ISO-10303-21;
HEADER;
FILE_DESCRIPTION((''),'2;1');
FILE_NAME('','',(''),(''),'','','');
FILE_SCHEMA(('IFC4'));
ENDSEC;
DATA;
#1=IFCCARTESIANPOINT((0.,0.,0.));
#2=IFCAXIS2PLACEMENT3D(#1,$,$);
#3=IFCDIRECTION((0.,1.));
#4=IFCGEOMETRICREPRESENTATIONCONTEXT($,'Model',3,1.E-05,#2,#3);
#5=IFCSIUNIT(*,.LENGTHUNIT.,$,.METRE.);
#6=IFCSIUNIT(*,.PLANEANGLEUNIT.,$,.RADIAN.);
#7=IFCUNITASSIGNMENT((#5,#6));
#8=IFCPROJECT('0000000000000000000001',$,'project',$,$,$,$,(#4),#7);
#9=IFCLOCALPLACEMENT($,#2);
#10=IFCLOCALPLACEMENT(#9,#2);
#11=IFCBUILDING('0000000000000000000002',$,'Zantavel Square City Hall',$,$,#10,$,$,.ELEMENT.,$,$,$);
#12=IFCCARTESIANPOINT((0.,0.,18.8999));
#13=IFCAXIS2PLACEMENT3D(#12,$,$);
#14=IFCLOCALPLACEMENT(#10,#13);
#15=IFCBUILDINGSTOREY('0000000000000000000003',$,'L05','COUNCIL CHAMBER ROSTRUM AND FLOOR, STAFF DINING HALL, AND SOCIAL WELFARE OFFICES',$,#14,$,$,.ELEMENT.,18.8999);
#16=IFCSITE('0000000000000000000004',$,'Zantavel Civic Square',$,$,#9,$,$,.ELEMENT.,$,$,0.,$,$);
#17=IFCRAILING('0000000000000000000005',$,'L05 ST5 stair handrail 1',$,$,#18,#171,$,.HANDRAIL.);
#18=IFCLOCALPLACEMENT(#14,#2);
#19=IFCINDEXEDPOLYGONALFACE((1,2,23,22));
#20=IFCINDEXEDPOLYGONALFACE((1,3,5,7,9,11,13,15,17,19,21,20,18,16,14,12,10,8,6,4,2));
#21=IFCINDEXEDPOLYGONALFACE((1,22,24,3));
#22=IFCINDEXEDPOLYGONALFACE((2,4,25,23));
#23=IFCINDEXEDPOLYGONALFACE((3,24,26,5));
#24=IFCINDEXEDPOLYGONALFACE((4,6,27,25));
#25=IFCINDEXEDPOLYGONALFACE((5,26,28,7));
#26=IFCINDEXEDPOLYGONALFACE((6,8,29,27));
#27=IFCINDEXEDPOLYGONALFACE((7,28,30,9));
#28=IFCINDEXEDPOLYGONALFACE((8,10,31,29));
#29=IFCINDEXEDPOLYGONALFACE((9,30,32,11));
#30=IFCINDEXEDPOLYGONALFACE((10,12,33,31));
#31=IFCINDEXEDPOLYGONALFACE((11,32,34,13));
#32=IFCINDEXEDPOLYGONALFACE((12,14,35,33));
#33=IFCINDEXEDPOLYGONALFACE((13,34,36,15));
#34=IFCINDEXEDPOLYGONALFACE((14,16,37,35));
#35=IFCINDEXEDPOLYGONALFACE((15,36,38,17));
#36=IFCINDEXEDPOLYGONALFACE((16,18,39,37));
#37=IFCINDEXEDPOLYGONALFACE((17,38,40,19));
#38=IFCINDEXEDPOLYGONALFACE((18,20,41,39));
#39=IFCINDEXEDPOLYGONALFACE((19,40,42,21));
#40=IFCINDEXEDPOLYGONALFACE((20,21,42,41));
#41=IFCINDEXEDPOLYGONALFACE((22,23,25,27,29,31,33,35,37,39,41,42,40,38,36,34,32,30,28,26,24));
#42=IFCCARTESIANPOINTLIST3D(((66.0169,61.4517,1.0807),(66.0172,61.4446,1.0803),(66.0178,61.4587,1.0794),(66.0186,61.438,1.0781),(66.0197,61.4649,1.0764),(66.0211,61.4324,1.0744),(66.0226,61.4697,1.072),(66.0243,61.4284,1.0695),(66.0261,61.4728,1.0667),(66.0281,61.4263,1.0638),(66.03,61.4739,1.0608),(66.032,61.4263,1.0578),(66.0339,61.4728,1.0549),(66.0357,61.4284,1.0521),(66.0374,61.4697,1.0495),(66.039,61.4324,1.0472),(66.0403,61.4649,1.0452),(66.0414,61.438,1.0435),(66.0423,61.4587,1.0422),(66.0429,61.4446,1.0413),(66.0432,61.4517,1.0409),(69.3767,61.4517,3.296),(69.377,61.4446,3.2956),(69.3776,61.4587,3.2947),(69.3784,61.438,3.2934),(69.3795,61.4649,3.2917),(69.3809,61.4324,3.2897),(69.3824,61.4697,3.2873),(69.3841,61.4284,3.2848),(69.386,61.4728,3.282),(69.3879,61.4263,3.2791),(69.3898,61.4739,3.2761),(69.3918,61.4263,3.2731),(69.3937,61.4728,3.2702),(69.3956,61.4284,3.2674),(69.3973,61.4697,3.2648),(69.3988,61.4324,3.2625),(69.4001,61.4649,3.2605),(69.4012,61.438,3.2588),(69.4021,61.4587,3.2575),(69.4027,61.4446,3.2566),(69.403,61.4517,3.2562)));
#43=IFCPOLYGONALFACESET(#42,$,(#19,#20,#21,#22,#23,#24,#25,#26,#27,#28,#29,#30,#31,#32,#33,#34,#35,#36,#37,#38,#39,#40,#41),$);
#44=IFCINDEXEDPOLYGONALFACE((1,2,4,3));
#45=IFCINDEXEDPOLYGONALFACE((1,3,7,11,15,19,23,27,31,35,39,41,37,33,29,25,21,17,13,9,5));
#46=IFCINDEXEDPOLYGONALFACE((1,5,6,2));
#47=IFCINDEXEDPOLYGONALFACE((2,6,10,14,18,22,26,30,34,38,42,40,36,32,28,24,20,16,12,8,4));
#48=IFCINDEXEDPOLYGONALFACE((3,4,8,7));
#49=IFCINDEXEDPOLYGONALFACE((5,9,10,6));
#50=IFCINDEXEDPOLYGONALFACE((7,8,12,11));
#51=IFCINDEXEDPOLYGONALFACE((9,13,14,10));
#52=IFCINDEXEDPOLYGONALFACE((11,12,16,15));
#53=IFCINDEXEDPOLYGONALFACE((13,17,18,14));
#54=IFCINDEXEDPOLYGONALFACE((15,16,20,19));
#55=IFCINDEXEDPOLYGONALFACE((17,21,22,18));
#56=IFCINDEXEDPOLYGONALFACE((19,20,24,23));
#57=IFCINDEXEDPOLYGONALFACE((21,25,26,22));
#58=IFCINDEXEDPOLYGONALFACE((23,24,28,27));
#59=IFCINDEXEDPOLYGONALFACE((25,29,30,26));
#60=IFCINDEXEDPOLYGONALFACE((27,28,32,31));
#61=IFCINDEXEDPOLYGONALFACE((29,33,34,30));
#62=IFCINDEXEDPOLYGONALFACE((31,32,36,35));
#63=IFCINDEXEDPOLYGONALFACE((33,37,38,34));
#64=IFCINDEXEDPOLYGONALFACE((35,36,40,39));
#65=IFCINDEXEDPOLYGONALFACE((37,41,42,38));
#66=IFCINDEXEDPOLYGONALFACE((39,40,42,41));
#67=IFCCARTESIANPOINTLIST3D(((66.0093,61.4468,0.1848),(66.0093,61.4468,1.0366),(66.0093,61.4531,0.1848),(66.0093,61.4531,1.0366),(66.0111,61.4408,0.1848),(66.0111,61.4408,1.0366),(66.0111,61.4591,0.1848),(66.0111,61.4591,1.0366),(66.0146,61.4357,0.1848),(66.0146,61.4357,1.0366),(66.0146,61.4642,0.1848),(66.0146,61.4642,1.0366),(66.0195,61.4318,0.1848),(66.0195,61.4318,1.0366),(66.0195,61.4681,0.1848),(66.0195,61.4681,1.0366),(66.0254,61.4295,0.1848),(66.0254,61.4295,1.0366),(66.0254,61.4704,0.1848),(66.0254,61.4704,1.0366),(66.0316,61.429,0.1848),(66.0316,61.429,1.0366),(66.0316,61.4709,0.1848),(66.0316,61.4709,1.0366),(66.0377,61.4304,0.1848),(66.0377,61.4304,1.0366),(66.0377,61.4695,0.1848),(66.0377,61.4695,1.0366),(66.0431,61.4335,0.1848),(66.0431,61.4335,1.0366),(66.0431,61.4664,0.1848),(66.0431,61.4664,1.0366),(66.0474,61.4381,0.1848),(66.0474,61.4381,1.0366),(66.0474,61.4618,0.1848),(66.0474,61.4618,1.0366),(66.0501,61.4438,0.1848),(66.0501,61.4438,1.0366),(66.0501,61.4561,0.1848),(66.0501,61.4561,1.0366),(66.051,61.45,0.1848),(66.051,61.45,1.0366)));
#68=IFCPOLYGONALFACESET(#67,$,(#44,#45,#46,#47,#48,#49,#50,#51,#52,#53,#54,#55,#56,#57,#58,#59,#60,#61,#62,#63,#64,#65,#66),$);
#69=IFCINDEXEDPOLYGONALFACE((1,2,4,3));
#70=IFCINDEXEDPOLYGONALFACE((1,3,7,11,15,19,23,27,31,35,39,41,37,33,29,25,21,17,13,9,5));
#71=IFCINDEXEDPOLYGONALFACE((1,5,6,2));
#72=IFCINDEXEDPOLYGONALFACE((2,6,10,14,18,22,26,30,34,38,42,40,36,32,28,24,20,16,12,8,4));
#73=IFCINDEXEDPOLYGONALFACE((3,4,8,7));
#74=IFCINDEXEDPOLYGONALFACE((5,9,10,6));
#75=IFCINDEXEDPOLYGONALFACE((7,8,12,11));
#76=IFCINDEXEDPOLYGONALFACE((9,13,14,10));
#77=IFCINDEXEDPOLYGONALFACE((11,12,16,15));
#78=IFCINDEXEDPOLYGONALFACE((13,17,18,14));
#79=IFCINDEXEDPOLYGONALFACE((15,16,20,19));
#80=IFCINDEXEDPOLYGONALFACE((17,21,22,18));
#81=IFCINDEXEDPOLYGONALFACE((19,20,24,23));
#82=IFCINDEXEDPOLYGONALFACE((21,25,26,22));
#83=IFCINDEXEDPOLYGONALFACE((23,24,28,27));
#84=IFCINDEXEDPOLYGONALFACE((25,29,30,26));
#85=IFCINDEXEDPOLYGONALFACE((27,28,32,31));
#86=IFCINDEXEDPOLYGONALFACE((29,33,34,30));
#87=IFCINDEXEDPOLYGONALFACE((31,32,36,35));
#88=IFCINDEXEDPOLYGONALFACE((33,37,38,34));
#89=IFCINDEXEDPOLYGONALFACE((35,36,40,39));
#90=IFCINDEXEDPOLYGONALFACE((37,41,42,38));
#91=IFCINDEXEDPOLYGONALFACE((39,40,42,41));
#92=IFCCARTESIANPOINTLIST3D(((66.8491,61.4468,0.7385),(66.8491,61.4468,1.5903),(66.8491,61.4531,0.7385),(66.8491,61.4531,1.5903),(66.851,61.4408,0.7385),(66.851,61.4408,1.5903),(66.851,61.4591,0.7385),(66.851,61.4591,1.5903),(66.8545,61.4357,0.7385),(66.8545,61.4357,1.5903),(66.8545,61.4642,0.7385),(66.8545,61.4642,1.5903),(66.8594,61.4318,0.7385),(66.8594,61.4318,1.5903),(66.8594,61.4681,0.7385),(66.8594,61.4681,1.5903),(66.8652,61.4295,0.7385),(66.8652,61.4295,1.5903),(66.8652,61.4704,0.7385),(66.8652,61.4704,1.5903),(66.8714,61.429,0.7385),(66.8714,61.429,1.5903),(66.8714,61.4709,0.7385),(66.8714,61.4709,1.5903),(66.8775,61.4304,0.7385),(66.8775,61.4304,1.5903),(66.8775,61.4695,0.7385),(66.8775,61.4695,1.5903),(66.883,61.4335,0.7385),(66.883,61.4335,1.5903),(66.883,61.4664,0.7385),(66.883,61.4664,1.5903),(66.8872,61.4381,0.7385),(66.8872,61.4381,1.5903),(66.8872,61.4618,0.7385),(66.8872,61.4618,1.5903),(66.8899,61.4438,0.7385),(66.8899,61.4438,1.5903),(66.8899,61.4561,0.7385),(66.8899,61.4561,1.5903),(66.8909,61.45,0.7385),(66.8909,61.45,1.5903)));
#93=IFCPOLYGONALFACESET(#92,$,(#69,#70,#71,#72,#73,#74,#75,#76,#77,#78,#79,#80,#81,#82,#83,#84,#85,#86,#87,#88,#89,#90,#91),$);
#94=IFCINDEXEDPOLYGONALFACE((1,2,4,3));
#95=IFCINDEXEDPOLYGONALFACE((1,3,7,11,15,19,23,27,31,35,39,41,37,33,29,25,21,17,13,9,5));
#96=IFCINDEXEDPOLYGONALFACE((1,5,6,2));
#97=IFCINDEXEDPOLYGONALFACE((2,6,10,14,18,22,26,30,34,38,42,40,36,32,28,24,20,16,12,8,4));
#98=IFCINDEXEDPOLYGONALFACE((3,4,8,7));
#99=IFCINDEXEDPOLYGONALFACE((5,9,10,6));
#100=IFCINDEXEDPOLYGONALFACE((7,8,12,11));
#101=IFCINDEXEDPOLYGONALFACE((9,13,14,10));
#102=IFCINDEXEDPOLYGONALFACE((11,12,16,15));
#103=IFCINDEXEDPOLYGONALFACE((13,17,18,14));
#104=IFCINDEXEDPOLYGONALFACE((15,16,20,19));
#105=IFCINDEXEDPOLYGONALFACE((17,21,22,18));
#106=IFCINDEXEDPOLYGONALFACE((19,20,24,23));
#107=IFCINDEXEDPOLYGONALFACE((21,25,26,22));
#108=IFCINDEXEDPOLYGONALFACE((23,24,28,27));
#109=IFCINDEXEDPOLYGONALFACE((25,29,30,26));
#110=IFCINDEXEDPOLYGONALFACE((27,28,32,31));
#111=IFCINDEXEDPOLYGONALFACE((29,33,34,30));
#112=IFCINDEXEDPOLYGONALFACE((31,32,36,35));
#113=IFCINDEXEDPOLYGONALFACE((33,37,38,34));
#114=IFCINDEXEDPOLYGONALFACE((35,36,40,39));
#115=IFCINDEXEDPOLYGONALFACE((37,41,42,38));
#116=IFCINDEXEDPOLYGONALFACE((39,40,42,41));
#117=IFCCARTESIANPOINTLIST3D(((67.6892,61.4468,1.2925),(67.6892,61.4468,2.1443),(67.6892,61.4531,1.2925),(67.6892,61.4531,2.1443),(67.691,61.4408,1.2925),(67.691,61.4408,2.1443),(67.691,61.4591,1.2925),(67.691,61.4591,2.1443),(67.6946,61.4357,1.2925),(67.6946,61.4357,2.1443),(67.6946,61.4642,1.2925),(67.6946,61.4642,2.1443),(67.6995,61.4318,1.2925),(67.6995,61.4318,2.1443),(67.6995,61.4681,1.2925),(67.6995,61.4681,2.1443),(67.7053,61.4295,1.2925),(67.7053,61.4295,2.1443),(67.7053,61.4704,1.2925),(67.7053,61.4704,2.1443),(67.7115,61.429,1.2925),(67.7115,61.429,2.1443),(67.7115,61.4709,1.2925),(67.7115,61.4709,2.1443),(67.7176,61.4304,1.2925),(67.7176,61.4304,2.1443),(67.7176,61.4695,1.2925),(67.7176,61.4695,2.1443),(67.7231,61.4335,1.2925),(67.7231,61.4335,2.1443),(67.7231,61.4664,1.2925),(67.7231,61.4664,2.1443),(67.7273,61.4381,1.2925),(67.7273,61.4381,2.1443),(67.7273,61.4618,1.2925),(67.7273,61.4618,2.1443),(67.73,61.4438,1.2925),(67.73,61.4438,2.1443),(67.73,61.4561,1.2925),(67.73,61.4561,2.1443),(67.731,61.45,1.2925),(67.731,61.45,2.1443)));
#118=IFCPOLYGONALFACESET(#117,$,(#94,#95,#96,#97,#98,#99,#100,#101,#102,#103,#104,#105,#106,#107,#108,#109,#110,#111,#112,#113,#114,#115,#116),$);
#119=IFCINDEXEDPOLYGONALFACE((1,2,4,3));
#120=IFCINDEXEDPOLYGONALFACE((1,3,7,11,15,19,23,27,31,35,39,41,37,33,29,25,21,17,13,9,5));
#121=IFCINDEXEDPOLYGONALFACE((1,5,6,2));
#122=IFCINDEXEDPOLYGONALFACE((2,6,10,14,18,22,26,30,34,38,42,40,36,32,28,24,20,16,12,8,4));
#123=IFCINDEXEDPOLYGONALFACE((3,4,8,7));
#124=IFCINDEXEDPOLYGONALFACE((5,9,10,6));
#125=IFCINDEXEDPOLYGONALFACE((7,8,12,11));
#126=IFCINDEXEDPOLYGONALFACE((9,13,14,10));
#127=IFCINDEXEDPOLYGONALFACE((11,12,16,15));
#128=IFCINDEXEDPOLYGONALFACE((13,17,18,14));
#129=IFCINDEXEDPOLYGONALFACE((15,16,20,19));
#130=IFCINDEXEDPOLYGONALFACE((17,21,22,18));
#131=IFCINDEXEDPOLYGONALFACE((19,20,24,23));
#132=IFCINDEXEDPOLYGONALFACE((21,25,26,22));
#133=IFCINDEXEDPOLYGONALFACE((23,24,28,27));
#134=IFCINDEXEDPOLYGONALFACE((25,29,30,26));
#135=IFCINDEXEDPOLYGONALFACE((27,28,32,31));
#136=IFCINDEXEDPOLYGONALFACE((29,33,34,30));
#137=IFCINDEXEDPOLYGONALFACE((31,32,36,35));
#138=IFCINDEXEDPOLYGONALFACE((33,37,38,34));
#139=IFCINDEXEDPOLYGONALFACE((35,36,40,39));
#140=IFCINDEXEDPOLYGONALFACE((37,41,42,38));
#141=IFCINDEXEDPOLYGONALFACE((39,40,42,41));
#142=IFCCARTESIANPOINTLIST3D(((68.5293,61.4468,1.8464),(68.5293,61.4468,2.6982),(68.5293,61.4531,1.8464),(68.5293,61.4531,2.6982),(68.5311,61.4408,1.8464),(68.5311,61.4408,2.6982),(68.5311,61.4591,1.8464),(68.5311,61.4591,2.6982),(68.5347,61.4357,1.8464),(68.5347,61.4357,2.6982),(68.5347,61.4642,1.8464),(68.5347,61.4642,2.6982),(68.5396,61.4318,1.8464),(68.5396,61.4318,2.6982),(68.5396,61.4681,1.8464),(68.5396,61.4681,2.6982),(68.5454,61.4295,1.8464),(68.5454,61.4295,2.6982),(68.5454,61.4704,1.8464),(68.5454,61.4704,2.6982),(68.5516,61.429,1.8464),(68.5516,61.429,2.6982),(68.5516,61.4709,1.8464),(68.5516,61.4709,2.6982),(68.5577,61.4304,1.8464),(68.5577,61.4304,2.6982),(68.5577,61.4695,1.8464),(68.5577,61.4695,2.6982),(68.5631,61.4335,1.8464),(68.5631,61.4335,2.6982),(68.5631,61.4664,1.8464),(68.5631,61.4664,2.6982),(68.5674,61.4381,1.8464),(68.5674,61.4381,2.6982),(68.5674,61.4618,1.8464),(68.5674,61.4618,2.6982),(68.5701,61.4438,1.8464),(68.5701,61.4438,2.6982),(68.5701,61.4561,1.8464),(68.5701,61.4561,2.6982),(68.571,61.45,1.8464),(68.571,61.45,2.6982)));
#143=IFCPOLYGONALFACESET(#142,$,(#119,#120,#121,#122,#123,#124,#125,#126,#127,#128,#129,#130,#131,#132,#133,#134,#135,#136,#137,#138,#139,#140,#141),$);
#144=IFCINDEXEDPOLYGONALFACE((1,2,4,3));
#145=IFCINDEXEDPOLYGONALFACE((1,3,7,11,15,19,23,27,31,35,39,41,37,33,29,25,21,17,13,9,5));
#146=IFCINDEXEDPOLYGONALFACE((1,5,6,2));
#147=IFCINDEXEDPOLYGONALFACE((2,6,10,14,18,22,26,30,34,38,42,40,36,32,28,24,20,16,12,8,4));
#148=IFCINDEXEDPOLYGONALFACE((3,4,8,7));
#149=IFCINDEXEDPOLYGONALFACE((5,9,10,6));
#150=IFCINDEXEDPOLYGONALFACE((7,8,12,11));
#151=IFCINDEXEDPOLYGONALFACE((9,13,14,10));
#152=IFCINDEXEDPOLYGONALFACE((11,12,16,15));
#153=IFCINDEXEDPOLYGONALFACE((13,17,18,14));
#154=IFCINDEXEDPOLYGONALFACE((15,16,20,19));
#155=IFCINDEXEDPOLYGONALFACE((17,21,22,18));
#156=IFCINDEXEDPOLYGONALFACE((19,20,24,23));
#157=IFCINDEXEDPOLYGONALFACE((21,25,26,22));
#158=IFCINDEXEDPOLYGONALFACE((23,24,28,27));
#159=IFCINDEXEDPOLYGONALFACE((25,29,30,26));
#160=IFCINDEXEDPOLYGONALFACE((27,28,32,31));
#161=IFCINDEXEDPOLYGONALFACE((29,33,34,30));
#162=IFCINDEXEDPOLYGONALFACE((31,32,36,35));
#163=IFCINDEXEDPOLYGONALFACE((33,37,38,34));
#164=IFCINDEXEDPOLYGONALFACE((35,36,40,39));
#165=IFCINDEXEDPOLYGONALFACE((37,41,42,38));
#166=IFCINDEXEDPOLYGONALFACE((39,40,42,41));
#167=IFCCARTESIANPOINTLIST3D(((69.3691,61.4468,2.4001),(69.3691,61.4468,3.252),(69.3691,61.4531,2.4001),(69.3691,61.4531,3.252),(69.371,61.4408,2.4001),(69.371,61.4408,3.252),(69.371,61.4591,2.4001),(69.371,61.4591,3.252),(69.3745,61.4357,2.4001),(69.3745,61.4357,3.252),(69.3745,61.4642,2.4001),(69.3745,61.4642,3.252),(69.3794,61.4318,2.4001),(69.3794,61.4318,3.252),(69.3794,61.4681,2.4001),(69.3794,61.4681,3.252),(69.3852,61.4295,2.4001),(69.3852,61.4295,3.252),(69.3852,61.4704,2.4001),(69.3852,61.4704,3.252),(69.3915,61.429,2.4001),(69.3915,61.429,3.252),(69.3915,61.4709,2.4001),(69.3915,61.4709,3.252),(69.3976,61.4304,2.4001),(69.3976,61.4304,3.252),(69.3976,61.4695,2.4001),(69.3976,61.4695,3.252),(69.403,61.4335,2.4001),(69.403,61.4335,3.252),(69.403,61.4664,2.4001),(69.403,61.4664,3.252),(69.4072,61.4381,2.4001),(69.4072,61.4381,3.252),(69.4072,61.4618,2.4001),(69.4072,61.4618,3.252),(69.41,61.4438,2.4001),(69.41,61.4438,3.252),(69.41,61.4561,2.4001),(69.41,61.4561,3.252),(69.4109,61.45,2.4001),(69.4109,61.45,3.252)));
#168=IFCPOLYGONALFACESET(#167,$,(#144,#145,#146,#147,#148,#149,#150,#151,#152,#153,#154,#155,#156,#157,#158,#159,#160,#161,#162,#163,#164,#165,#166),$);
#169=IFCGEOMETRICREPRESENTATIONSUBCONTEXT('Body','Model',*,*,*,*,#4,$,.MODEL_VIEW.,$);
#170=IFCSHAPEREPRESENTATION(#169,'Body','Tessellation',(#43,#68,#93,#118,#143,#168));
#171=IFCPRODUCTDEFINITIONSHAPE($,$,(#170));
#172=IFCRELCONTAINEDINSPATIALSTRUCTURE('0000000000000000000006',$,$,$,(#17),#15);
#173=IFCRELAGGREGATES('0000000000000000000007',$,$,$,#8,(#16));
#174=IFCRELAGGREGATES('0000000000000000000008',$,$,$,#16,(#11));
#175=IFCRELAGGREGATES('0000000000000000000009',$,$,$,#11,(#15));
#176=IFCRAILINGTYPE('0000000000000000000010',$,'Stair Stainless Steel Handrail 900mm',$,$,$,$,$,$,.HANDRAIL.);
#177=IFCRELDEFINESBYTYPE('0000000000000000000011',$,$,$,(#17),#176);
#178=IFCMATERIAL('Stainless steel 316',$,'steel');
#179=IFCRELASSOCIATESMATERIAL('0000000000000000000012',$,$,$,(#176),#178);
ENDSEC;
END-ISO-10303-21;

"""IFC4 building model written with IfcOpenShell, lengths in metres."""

from ifc_helpers import new_model, si_unit, direction, frame, origin, origin_2d, place, context, subcontext, project, spatial, circle, extrude, material, type_object, element, save


model = new_model("IFC4")

# Units and contexts
model_context = context("Model", 3, precision=1e-05, world=origin(), true_north=direction((0.0, 1.0)))
body_context = subcontext(model_context, "Body", "Model", "MODEL_VIEW")
ifc_project = project(units=[si_unit("LENGTHUNIT", "METRE"), si_unit("PLANEANGLEUNIT", "RADIAN")], contexts=[model_context])

# Site, building, storey
site_placement = place(None, origin())
site = spatial("IfcSite", under=ifc_project, at=site_placement, Name="Zantavel Civic Square", CompositionType="ELEMENT", RefElevation=0.0)
building_placement = place(site_placement, origin())
building = spatial("IfcBuilding", under=site, at=building_placement, Name="Zantavel Square City Hall", CompositionType="ELEMENT")
storey_placement = place(building_placement, frame((0.0, 0.0, 18.8999)))
storey = spatial("IfcBuildingStorey", under=building, at=storey_placement, Name="L05", Description="COUNCIL CHAMBER ROSTRUM AND FLOOR, STAFF DINING HALL, AND SOCIAL WELFARE OFFICES", CompositionType="ELEMENT", Elevation=18.8999)

# Railing
ifc_material_1 = material(Name="Stainless steel 316", Category="steel")
railing_type_1 = type_object("IfcRailingType", Name="Stair Stainless Steel Handrail 900mm", PredefinedType="HANDRAIL", material=ifc_material_1)
railing_1_placement = place(storey_placement, frame((66.03, 61.45, 0.1848)))
element("IfcRailing", 1, at=railing_1_placement, inside=storey, type_object=railing_type_1, Name="L05 ST5 stair handrail 1", PredefinedType="HANDRAIL", context=body_context, shape_type="SweptSolid", body=[
    extrude(circle(Radius=0.0239, at=origin_2d()), frame((0.0, 0.0, 0.876), z_axis=(0.834858, 0.0, 0.550465), x_axis=(0.0, 1.0, 0.0)), (0.0, 0.0, 1.0), 4.0244),
    extrude(circle(Radius=0.021, at=origin_2d()), origin(), (0.0, 0.0, 1.0), 0.8518),
    extrude(circle(Radius=0.021, at=origin_2d()), frame((0.8398, 0.0, 0.5537)), (0.0, 0.0, 1.0), 0.8518),
    extrude(circle(Radius=0.021, at=origin_2d()), frame((1.6799, 0.0, 1.1077)), (0.0, 0.0, 1.0), 0.8518),
    extrude(circle(Radius=0.021, at=origin_2d()), frame((2.52, 0.0, 1.6616)), (0.0, 0.0, 1.0), 0.8518),
    extrude(circle(Radius=0.021, at=origin_2d()), frame((3.3599, 0.0, 2.2153)), (0.0, 0.0, 1.0), 0.8518),
])

save(model, "model.ifc")
